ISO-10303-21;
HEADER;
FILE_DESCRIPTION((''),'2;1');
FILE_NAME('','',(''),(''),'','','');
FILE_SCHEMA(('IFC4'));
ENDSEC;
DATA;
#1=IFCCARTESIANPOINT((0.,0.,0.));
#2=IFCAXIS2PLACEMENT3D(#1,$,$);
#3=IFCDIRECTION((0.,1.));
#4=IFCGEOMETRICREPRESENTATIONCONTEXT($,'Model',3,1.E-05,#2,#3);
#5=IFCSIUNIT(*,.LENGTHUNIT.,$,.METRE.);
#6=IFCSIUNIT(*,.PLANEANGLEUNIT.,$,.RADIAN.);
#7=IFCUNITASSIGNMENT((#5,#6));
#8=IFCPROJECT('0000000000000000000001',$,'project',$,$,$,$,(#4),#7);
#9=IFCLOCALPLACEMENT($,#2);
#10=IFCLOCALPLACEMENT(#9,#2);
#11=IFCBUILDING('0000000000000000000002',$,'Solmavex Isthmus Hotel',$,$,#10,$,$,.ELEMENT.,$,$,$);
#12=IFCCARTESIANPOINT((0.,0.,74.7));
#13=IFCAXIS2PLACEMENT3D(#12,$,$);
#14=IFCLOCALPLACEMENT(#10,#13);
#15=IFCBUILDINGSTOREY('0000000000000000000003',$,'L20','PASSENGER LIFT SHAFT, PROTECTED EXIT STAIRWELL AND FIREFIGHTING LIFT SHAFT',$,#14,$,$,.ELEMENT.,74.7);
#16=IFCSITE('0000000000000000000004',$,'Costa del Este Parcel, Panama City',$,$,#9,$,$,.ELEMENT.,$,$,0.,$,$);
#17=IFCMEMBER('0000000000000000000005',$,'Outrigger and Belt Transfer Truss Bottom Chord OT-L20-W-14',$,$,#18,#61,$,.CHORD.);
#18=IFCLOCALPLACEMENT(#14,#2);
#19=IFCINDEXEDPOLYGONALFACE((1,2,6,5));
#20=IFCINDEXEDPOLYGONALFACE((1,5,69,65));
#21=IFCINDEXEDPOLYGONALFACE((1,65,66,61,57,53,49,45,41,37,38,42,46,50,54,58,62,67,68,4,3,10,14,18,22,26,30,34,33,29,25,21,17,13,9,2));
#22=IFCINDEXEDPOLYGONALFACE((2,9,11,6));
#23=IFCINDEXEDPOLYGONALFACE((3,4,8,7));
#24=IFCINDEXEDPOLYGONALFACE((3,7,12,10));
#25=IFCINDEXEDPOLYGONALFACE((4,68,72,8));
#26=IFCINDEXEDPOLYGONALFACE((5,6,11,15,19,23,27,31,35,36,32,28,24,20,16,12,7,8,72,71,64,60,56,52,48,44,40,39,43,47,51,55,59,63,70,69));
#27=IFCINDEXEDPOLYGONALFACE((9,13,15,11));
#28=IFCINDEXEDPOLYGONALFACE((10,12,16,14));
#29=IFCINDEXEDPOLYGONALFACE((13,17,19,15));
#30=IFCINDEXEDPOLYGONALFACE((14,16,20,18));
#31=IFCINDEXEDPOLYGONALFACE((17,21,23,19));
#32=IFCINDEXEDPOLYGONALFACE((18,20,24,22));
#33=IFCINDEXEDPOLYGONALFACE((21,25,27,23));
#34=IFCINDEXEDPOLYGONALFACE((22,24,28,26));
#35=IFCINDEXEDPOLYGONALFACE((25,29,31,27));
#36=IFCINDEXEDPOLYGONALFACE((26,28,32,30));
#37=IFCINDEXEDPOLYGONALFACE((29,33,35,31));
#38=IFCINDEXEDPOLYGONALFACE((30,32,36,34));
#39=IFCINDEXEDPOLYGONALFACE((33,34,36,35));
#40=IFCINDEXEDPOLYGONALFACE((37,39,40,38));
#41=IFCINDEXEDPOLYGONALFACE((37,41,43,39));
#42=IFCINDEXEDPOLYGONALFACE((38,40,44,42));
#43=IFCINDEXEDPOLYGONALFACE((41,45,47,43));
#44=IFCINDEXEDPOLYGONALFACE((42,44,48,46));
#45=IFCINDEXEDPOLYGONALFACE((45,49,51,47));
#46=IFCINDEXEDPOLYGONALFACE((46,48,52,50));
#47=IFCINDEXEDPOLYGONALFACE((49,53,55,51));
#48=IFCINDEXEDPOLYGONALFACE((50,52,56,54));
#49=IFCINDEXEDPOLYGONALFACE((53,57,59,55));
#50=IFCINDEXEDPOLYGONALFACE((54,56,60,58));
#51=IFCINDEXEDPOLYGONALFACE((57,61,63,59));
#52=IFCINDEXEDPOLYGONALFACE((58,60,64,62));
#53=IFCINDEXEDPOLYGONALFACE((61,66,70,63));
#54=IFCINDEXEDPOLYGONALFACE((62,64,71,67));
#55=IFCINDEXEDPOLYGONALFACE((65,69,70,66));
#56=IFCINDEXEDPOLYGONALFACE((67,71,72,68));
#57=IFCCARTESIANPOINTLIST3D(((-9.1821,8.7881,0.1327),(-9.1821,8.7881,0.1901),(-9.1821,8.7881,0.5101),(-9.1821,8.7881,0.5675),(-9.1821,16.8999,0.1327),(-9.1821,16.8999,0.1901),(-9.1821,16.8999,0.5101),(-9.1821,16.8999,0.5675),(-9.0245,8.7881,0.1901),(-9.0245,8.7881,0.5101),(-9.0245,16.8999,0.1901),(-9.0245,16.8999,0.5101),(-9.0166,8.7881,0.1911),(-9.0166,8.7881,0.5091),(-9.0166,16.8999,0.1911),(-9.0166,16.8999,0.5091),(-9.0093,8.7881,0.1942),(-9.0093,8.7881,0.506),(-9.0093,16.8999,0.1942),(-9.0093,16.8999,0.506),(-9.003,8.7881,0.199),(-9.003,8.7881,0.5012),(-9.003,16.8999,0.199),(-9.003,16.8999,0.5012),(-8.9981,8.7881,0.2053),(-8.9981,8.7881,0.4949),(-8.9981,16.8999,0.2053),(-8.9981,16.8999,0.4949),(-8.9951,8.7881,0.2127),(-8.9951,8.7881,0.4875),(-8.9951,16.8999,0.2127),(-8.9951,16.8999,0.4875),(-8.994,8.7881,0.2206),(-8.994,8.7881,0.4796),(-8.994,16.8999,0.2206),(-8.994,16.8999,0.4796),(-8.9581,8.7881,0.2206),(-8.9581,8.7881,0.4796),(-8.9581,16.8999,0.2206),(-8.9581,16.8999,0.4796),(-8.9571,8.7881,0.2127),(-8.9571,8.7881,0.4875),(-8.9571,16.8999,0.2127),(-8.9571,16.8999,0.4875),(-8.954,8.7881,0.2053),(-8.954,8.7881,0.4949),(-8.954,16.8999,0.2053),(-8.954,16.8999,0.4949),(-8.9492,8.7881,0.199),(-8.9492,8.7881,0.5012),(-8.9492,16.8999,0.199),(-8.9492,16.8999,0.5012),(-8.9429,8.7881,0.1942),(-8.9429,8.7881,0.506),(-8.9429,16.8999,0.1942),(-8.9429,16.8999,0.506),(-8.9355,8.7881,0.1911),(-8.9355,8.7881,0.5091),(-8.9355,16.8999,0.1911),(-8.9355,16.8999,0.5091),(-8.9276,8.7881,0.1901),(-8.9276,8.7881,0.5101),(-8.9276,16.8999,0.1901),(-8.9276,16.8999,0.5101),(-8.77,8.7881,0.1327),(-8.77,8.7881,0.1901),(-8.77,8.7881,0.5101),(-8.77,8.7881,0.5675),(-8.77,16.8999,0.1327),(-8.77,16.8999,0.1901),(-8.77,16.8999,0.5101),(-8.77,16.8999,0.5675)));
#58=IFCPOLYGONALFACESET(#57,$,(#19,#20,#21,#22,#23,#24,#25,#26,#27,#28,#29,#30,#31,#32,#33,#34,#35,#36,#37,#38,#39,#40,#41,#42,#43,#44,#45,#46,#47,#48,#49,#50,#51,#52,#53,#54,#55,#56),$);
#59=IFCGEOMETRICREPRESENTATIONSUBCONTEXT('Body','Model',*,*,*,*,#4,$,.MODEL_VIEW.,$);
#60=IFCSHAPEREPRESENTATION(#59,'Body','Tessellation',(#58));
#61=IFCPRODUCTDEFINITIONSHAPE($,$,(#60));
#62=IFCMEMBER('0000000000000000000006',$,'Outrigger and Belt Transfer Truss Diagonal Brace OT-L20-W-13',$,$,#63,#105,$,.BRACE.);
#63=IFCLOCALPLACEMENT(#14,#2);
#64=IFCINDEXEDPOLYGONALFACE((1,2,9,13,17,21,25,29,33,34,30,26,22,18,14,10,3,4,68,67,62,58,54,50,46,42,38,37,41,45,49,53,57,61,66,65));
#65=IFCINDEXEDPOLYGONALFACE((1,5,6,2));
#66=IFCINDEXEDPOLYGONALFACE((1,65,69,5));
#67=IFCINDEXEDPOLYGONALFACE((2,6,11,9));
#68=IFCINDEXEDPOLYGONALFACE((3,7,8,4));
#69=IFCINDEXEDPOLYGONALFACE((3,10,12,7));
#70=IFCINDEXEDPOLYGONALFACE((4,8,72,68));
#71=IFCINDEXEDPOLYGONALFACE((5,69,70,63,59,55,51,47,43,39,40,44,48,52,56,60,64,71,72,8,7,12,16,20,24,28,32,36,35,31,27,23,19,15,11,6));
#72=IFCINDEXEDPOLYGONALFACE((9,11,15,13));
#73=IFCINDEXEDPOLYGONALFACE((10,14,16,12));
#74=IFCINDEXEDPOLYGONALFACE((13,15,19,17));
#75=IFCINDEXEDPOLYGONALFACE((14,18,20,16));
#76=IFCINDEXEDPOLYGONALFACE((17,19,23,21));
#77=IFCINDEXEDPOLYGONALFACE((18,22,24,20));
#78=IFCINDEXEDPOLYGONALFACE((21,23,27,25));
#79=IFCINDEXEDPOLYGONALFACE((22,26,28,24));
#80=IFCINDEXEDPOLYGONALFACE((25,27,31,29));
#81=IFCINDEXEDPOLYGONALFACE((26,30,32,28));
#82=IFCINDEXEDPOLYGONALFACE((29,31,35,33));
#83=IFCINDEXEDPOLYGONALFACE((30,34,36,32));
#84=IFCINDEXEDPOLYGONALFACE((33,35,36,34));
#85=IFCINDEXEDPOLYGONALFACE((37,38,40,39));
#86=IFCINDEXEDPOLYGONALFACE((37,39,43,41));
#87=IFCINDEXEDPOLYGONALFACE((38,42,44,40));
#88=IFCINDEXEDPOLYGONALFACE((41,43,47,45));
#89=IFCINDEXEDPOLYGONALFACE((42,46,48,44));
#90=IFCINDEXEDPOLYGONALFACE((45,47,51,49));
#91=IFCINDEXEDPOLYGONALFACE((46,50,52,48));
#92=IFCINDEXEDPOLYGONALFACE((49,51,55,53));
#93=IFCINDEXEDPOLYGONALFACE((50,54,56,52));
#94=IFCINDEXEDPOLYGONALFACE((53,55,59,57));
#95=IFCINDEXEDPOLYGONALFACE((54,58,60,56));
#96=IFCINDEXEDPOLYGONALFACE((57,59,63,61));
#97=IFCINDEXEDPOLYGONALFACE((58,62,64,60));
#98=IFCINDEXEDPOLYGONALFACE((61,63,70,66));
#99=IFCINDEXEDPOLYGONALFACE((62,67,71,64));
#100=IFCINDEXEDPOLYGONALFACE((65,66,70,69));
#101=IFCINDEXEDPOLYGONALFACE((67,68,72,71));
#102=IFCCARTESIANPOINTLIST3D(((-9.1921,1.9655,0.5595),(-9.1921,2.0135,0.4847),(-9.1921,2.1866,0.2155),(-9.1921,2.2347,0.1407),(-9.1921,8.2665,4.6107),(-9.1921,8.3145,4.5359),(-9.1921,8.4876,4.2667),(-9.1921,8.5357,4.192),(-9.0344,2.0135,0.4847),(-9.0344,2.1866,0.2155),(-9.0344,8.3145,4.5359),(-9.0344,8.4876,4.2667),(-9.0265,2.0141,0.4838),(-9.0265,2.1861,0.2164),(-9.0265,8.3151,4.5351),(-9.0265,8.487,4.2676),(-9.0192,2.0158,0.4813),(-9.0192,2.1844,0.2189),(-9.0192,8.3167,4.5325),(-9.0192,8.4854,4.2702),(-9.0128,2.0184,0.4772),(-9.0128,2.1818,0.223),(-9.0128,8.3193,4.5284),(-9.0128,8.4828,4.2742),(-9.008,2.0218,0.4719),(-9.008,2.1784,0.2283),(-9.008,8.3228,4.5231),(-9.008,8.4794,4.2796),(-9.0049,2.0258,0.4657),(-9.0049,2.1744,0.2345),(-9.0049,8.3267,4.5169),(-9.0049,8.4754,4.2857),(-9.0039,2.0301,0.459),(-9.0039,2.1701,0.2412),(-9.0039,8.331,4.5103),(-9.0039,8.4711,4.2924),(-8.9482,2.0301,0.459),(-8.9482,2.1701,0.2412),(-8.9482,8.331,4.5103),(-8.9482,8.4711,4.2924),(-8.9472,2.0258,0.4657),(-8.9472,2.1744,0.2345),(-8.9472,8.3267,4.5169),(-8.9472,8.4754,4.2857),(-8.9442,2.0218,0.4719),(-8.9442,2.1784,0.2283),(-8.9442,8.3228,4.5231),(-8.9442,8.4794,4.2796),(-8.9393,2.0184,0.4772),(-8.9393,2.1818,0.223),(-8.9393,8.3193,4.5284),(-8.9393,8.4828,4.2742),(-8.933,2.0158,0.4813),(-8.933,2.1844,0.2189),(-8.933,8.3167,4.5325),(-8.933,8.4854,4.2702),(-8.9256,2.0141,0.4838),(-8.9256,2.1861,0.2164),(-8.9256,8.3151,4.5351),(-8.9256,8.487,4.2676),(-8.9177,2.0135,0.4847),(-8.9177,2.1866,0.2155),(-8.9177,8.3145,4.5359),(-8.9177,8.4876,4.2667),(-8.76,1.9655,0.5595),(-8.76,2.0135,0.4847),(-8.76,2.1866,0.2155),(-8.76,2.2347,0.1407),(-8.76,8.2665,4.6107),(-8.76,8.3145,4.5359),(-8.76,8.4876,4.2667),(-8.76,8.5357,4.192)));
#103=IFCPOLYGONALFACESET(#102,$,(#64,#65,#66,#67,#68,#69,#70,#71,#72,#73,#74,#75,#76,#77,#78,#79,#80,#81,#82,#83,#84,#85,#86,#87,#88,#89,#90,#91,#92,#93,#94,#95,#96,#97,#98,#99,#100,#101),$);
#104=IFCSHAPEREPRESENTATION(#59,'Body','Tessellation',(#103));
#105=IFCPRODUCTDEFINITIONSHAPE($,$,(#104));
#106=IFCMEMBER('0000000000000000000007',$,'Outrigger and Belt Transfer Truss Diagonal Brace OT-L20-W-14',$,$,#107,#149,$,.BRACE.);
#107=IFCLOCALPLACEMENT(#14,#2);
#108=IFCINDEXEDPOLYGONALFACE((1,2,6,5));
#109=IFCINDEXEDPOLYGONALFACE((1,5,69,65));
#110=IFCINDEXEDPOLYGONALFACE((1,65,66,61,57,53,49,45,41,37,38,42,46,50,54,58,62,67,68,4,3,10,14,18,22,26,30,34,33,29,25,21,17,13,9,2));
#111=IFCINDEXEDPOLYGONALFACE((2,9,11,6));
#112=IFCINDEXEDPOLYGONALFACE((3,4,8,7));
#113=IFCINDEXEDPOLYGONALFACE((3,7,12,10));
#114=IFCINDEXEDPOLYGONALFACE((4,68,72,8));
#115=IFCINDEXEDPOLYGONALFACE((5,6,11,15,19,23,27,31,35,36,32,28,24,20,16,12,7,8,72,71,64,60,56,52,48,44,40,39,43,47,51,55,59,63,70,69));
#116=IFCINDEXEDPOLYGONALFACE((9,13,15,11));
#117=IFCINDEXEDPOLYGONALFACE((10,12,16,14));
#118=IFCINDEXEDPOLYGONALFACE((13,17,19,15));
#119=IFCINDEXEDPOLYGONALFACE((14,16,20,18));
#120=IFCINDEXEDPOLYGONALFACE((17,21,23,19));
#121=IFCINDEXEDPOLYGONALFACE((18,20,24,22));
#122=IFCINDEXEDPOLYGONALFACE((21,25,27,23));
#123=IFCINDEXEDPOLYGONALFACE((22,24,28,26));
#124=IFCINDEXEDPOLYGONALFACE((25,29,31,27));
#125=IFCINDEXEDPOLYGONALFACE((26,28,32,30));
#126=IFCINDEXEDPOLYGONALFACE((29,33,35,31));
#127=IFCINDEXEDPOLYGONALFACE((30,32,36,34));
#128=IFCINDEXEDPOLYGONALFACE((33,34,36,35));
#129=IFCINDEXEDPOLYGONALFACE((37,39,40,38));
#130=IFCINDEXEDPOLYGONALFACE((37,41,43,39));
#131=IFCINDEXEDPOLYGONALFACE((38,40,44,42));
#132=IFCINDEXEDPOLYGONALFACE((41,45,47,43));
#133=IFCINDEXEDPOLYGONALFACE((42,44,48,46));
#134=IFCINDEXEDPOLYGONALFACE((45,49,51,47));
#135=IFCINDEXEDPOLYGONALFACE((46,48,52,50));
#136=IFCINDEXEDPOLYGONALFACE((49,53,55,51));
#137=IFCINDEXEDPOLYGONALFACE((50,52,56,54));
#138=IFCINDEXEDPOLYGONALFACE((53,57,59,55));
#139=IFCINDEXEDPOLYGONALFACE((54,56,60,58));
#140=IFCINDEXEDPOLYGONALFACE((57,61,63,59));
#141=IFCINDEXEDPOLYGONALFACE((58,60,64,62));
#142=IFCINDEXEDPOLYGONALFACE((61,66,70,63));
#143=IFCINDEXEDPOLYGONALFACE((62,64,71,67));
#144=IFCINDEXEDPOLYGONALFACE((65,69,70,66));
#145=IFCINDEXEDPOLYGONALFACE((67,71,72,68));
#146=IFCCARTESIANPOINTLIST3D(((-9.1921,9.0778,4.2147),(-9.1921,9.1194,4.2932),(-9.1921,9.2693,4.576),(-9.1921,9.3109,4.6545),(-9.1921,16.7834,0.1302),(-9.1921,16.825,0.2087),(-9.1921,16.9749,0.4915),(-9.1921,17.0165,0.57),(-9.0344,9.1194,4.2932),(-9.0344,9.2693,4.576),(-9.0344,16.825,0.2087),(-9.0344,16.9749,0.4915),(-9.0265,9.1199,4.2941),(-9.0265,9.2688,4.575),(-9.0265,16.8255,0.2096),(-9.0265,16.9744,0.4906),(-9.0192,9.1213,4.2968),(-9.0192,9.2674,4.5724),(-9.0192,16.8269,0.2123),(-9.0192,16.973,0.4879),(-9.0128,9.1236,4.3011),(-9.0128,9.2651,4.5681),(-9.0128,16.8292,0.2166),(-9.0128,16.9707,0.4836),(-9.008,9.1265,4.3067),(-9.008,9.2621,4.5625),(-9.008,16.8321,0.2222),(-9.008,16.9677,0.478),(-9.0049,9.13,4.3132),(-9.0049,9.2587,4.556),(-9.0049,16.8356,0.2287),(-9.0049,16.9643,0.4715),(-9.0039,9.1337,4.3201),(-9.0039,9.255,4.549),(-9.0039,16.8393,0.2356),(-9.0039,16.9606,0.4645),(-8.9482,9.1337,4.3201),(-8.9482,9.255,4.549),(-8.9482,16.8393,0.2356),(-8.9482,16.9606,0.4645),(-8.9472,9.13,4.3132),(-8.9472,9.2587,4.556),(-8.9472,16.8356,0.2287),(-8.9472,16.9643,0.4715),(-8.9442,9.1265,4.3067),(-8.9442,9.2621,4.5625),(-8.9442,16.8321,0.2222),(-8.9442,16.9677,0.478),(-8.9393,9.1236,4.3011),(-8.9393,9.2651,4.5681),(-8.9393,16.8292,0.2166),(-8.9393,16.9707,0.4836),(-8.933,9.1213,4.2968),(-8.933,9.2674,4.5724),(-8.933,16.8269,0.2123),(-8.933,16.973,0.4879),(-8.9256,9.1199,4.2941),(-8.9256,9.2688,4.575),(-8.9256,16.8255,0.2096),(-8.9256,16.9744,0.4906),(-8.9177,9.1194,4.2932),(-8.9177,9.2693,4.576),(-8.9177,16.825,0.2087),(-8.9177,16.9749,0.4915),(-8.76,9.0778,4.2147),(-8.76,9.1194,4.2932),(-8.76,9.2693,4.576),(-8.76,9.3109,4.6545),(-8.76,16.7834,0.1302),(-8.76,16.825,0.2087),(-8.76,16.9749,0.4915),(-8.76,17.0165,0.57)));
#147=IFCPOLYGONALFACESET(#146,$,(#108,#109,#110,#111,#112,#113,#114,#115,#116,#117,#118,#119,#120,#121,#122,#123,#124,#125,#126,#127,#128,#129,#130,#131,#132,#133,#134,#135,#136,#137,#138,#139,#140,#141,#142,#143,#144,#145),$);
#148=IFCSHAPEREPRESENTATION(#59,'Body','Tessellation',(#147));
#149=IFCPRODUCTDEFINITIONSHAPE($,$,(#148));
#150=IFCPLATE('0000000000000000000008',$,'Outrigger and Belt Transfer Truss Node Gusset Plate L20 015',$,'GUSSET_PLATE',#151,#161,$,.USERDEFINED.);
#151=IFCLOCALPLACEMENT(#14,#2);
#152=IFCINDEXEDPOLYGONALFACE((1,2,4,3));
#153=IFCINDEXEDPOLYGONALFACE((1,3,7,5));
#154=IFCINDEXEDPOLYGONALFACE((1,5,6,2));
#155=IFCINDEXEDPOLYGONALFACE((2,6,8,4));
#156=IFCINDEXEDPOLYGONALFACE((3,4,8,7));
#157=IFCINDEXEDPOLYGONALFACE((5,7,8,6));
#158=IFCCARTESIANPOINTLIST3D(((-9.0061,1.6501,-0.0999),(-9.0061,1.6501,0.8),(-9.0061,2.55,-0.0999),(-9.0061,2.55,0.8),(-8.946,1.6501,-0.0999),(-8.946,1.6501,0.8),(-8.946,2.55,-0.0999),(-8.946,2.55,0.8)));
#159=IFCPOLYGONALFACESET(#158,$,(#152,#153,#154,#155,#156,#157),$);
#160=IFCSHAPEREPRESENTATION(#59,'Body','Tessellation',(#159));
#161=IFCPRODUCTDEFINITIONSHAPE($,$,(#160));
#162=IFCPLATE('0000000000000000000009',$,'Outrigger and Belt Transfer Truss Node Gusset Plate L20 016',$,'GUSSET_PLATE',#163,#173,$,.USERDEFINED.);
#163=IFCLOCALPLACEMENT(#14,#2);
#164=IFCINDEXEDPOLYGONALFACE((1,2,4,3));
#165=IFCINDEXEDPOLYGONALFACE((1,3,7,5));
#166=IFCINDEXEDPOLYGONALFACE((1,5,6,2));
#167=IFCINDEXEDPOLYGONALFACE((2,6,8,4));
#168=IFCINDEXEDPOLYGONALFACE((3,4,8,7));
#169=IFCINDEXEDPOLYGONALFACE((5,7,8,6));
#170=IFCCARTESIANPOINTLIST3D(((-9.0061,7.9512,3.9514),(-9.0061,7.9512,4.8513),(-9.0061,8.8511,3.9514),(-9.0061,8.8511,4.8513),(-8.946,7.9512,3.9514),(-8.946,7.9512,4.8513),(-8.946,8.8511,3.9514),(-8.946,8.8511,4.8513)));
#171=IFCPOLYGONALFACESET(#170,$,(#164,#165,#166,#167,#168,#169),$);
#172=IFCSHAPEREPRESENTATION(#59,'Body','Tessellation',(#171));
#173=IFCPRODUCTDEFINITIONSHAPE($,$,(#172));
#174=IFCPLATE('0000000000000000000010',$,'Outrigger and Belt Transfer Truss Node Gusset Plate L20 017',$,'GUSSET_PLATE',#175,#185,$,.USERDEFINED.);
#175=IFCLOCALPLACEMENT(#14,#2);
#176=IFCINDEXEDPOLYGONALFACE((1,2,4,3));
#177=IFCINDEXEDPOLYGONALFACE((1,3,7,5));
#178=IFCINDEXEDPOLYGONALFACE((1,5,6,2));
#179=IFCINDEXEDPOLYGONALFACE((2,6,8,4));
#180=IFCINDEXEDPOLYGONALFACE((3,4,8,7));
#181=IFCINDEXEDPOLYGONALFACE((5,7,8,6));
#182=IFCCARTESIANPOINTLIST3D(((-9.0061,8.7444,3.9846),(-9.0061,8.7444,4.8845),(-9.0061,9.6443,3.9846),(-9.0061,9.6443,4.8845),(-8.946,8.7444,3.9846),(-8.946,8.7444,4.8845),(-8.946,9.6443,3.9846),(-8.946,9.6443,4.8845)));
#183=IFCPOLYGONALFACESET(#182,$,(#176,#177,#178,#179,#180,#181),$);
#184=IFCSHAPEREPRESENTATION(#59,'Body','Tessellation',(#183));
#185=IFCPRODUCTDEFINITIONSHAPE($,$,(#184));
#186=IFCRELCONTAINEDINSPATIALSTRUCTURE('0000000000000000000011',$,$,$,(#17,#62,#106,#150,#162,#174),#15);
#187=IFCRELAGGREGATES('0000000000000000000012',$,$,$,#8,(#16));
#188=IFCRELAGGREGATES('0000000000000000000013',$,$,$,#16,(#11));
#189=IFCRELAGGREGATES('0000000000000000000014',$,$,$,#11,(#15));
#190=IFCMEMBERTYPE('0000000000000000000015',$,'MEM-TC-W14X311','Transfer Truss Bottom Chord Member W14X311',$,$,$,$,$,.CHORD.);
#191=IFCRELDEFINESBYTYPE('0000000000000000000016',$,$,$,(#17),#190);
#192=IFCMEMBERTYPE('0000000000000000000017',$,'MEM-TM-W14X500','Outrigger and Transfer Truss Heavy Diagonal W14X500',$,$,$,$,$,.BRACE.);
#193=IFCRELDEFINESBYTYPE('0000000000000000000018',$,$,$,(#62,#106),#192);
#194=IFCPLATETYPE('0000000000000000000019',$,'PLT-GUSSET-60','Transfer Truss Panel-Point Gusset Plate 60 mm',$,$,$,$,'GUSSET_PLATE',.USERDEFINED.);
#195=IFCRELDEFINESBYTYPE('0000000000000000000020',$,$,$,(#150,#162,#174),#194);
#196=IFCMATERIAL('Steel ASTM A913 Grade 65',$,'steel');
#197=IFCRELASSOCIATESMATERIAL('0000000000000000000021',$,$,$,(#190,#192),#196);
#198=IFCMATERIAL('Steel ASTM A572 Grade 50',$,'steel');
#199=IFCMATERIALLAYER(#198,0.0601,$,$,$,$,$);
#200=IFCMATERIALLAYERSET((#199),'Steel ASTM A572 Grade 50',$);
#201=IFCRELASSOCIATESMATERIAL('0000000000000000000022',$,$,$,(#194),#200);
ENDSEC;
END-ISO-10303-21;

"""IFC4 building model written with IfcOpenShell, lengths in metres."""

from ifc_helpers import new_model, si_unit, direction, frame, origin, origin_2d, place, context, subcontext, project, spatial, rectangle, i_section, extrude, material, layer, layer_set, material_profile, profile_set, type_object, element, save


model = new_model("IFC4")

# Units and contexts
model_context = context("Model", 3, precision=1e-05, world=origin(), true_north=direction((0.0, 1.0)))
body_context = subcontext(model_context, "Body", "Model", "MODEL_VIEW")
ifc_project = project(units=[si_unit("LENGTHUNIT", "METRE"), si_unit("PLANEANGLEUNIT", "RADIAN")], contexts=[model_context])

# Site, building, storey
site_placement = place(None, origin())
site = spatial("IfcSite", under=ifc_project, at=site_placement, Name="Costa del Este Parcel, Panama City", CompositionType="ELEMENT", RefElevation=0.0)
building_placement = place(site_placement, origin())
building = spatial("IfcBuilding", under=site, at=building_placement, Name="Solmavex Isthmus Hotel", CompositionType="ELEMENT")
storey_placement = place(building_placement, frame((0.0, 0.0, 74.7)))
storey = spatial("IfcBuildingStorey", under=building, at=storey_placement, Name="L20", Description="PASSENGER LIFT SHAFT, PROTECTED EXIT STAIRWELL AND FIREFIGHTING LIFT SHAFT", CompositionType="ELEMENT", Elevation=74.7)

# Shared definitions
ifc_material_1 = material(Name="Steel ASTM A913 Grade 65", Category="steel")

# Members
ifc_material_profile_1 = material_profile(ifc_material_1, i_section(OverallWidth=0.4121, OverallDepth=0.4348, WebThickness=0.0359, FlangeThickness=0.0574, FilletRadius=0.0305, at=origin_2d()), Name="W14X311")
ifc_profile_set_1 = profile_set([ifc_material_profile_1], Name="Steel ASTM A913 Grade 65")
member_type_1 = type_object("IfcMemberType", Name="MEM-TC-W14X311", Description="Transfer Truss Bottom Chord Member W14X311", PredefinedType="CHORD", material=ifc_profile_set_1)
member_1_placement = place(storey_placement, frame((-8.9761, 8.7881, 0.3501), z_axis=(0.0, 1.0, 0.0), x_axis=(-1.0, 0.0, 0.0)))
element("IfcMember", 1, at=member_1_placement, inside=storey, type_object=member_type_1, Name="Outrigger and Belt Transfer Truss Bottom Chord OT-L20-W-14", PredefinedType="CHORD", context=body_context, shape_type="SweptSolid", body=[
    extrude(i_section(OverallWidth=0.4121, OverallDepth=0.4348, WebThickness=0.0359, FlangeThickness=0.0574, FilletRadius=0.0305, at=origin_2d()), origin(), (0.0, 0.0, 1.0), 8.1118),
])
ifc_material_profile_2 = material_profile(ifc_material_1, i_section(OverallWidth=0.4321, OverallDepth=0.4978, WebThickness=0.0557, FlangeThickness=0.0889, FilletRadius=0.0305, at=origin_2d()), Name="W14X500")
ifc_profile_set_2 = profile_set([ifc_material_profile_2], Name="Steel ASTM A913 Grade 65")
member_type_2 = type_object("IfcMemberType", Name="MEM-TM-W14X500", Description="Outrigger and Transfer Truss Heavy Diagonal W14X500", PredefinedType="BRACE", material=ifc_profile_set_2)
member_2_placement = place(storey_placement, frame((-8.9761, 2.1001, 0.3501), z_axis=(0.0, 0.841141, 0.540815), x_axis=(-1.0, 0.0, 0.0)))
element("IfcMember", 2, at=member_2_placement, inside=storey, type_object=member_type_2, Name="Outrigger and Belt Transfer Truss Diagonal Brace OT-L20-W-13", PredefinedType="BRACE", context=body_context, shape_type="SweptSolid", body=[
    extrude(i_section(OverallWidth=0.4321, OverallDepth=0.4978, WebThickness=0.0557, FlangeThickness=0.0889, FilletRadius=0.0305, at=origin_2d()), origin(), (0.0, 0.0, 1.0), 7.491),
])
member_3_placement = place(storey_placement, frame((-8.9761, 9.1943, 4.4346), z_axis=(0.0, 0.883548, -0.46834), x_axis=(-1.0, 0.0, 0.0)))
element("IfcMember", 3, at=member_3_placement, inside=storey, type_object=member_type_2, Name="Outrigger and Belt Transfer Truss Diagonal Brace OT-L20-W-14", PredefinedType="BRACE", context=body_context, shape_type="SweptSolid", body=[
    extrude(i_section(OverallWidth=0.4321, OverallDepth=0.4978, WebThickness=0.0557, FlangeThickness=0.0889, FilletRadius=0.0305, at=origin_2d()), origin(), (0.0, 0.0, 1.0), 8.7212),
])

# Plates
ifc_material_2 = material(Name="Steel ASTM A572 Grade 50", Category="steel")
ifc_layer = layer(ifc_material_2, 0.0601)
ifc_layer_set = layer_set([ifc_layer], Name="Steel ASTM A572 Grade 50")
plate_type = type_object("IfcPlateType", Name="PLT-GUSSET-60", Description="Transfer Truss Panel-Point Gusset Plate 60 mm", ElementType="GUSSET_PLATE", PredefinedType="USERDEFINED", material=ifc_layer_set)
for number, where, z_axis, x_axis, name in (
    (4, (-8.9761, 2.1001, -0.0999), (0.0, 0.0, 1.0), (0.0, 1.0, 0.0), "Outrigger and Belt Transfer Truss Node Gusset Plate L20 015"),
    (5, (-8.9761, 8.4011, 3.9514), (0.0, 0.0, 1.0), (0.0, 1.0, 0.0), "Outrigger and Belt Transfer Truss Node Gusset Plate L20 016"),
    (6, (-8.9761, 9.1943, 3.9846), (0.0, 0.0, 1.0), (0.0, 1.0, 0.0), "Outrigger and Belt Transfer Truss Node Gusset Plate L20 017"),
):
    element("IfcPlate", number, at=place(storey_placement, frame(where, z_axis=z_axis, x_axis=x_axis)), inside=storey, type_object=plate_type, Name=name, ObjectType="GUSSET_PLATE", PredefinedType="USERDEFINED", context=body_context, shape_type="SweptSolid", body=[
        extrude(rectangle(XDim=0.8999, YDim=0.0601, at=origin_2d()), origin(), (0.0, 0.0, 1.0), 0.8999),
    ])

save(model, "model.ifc")
